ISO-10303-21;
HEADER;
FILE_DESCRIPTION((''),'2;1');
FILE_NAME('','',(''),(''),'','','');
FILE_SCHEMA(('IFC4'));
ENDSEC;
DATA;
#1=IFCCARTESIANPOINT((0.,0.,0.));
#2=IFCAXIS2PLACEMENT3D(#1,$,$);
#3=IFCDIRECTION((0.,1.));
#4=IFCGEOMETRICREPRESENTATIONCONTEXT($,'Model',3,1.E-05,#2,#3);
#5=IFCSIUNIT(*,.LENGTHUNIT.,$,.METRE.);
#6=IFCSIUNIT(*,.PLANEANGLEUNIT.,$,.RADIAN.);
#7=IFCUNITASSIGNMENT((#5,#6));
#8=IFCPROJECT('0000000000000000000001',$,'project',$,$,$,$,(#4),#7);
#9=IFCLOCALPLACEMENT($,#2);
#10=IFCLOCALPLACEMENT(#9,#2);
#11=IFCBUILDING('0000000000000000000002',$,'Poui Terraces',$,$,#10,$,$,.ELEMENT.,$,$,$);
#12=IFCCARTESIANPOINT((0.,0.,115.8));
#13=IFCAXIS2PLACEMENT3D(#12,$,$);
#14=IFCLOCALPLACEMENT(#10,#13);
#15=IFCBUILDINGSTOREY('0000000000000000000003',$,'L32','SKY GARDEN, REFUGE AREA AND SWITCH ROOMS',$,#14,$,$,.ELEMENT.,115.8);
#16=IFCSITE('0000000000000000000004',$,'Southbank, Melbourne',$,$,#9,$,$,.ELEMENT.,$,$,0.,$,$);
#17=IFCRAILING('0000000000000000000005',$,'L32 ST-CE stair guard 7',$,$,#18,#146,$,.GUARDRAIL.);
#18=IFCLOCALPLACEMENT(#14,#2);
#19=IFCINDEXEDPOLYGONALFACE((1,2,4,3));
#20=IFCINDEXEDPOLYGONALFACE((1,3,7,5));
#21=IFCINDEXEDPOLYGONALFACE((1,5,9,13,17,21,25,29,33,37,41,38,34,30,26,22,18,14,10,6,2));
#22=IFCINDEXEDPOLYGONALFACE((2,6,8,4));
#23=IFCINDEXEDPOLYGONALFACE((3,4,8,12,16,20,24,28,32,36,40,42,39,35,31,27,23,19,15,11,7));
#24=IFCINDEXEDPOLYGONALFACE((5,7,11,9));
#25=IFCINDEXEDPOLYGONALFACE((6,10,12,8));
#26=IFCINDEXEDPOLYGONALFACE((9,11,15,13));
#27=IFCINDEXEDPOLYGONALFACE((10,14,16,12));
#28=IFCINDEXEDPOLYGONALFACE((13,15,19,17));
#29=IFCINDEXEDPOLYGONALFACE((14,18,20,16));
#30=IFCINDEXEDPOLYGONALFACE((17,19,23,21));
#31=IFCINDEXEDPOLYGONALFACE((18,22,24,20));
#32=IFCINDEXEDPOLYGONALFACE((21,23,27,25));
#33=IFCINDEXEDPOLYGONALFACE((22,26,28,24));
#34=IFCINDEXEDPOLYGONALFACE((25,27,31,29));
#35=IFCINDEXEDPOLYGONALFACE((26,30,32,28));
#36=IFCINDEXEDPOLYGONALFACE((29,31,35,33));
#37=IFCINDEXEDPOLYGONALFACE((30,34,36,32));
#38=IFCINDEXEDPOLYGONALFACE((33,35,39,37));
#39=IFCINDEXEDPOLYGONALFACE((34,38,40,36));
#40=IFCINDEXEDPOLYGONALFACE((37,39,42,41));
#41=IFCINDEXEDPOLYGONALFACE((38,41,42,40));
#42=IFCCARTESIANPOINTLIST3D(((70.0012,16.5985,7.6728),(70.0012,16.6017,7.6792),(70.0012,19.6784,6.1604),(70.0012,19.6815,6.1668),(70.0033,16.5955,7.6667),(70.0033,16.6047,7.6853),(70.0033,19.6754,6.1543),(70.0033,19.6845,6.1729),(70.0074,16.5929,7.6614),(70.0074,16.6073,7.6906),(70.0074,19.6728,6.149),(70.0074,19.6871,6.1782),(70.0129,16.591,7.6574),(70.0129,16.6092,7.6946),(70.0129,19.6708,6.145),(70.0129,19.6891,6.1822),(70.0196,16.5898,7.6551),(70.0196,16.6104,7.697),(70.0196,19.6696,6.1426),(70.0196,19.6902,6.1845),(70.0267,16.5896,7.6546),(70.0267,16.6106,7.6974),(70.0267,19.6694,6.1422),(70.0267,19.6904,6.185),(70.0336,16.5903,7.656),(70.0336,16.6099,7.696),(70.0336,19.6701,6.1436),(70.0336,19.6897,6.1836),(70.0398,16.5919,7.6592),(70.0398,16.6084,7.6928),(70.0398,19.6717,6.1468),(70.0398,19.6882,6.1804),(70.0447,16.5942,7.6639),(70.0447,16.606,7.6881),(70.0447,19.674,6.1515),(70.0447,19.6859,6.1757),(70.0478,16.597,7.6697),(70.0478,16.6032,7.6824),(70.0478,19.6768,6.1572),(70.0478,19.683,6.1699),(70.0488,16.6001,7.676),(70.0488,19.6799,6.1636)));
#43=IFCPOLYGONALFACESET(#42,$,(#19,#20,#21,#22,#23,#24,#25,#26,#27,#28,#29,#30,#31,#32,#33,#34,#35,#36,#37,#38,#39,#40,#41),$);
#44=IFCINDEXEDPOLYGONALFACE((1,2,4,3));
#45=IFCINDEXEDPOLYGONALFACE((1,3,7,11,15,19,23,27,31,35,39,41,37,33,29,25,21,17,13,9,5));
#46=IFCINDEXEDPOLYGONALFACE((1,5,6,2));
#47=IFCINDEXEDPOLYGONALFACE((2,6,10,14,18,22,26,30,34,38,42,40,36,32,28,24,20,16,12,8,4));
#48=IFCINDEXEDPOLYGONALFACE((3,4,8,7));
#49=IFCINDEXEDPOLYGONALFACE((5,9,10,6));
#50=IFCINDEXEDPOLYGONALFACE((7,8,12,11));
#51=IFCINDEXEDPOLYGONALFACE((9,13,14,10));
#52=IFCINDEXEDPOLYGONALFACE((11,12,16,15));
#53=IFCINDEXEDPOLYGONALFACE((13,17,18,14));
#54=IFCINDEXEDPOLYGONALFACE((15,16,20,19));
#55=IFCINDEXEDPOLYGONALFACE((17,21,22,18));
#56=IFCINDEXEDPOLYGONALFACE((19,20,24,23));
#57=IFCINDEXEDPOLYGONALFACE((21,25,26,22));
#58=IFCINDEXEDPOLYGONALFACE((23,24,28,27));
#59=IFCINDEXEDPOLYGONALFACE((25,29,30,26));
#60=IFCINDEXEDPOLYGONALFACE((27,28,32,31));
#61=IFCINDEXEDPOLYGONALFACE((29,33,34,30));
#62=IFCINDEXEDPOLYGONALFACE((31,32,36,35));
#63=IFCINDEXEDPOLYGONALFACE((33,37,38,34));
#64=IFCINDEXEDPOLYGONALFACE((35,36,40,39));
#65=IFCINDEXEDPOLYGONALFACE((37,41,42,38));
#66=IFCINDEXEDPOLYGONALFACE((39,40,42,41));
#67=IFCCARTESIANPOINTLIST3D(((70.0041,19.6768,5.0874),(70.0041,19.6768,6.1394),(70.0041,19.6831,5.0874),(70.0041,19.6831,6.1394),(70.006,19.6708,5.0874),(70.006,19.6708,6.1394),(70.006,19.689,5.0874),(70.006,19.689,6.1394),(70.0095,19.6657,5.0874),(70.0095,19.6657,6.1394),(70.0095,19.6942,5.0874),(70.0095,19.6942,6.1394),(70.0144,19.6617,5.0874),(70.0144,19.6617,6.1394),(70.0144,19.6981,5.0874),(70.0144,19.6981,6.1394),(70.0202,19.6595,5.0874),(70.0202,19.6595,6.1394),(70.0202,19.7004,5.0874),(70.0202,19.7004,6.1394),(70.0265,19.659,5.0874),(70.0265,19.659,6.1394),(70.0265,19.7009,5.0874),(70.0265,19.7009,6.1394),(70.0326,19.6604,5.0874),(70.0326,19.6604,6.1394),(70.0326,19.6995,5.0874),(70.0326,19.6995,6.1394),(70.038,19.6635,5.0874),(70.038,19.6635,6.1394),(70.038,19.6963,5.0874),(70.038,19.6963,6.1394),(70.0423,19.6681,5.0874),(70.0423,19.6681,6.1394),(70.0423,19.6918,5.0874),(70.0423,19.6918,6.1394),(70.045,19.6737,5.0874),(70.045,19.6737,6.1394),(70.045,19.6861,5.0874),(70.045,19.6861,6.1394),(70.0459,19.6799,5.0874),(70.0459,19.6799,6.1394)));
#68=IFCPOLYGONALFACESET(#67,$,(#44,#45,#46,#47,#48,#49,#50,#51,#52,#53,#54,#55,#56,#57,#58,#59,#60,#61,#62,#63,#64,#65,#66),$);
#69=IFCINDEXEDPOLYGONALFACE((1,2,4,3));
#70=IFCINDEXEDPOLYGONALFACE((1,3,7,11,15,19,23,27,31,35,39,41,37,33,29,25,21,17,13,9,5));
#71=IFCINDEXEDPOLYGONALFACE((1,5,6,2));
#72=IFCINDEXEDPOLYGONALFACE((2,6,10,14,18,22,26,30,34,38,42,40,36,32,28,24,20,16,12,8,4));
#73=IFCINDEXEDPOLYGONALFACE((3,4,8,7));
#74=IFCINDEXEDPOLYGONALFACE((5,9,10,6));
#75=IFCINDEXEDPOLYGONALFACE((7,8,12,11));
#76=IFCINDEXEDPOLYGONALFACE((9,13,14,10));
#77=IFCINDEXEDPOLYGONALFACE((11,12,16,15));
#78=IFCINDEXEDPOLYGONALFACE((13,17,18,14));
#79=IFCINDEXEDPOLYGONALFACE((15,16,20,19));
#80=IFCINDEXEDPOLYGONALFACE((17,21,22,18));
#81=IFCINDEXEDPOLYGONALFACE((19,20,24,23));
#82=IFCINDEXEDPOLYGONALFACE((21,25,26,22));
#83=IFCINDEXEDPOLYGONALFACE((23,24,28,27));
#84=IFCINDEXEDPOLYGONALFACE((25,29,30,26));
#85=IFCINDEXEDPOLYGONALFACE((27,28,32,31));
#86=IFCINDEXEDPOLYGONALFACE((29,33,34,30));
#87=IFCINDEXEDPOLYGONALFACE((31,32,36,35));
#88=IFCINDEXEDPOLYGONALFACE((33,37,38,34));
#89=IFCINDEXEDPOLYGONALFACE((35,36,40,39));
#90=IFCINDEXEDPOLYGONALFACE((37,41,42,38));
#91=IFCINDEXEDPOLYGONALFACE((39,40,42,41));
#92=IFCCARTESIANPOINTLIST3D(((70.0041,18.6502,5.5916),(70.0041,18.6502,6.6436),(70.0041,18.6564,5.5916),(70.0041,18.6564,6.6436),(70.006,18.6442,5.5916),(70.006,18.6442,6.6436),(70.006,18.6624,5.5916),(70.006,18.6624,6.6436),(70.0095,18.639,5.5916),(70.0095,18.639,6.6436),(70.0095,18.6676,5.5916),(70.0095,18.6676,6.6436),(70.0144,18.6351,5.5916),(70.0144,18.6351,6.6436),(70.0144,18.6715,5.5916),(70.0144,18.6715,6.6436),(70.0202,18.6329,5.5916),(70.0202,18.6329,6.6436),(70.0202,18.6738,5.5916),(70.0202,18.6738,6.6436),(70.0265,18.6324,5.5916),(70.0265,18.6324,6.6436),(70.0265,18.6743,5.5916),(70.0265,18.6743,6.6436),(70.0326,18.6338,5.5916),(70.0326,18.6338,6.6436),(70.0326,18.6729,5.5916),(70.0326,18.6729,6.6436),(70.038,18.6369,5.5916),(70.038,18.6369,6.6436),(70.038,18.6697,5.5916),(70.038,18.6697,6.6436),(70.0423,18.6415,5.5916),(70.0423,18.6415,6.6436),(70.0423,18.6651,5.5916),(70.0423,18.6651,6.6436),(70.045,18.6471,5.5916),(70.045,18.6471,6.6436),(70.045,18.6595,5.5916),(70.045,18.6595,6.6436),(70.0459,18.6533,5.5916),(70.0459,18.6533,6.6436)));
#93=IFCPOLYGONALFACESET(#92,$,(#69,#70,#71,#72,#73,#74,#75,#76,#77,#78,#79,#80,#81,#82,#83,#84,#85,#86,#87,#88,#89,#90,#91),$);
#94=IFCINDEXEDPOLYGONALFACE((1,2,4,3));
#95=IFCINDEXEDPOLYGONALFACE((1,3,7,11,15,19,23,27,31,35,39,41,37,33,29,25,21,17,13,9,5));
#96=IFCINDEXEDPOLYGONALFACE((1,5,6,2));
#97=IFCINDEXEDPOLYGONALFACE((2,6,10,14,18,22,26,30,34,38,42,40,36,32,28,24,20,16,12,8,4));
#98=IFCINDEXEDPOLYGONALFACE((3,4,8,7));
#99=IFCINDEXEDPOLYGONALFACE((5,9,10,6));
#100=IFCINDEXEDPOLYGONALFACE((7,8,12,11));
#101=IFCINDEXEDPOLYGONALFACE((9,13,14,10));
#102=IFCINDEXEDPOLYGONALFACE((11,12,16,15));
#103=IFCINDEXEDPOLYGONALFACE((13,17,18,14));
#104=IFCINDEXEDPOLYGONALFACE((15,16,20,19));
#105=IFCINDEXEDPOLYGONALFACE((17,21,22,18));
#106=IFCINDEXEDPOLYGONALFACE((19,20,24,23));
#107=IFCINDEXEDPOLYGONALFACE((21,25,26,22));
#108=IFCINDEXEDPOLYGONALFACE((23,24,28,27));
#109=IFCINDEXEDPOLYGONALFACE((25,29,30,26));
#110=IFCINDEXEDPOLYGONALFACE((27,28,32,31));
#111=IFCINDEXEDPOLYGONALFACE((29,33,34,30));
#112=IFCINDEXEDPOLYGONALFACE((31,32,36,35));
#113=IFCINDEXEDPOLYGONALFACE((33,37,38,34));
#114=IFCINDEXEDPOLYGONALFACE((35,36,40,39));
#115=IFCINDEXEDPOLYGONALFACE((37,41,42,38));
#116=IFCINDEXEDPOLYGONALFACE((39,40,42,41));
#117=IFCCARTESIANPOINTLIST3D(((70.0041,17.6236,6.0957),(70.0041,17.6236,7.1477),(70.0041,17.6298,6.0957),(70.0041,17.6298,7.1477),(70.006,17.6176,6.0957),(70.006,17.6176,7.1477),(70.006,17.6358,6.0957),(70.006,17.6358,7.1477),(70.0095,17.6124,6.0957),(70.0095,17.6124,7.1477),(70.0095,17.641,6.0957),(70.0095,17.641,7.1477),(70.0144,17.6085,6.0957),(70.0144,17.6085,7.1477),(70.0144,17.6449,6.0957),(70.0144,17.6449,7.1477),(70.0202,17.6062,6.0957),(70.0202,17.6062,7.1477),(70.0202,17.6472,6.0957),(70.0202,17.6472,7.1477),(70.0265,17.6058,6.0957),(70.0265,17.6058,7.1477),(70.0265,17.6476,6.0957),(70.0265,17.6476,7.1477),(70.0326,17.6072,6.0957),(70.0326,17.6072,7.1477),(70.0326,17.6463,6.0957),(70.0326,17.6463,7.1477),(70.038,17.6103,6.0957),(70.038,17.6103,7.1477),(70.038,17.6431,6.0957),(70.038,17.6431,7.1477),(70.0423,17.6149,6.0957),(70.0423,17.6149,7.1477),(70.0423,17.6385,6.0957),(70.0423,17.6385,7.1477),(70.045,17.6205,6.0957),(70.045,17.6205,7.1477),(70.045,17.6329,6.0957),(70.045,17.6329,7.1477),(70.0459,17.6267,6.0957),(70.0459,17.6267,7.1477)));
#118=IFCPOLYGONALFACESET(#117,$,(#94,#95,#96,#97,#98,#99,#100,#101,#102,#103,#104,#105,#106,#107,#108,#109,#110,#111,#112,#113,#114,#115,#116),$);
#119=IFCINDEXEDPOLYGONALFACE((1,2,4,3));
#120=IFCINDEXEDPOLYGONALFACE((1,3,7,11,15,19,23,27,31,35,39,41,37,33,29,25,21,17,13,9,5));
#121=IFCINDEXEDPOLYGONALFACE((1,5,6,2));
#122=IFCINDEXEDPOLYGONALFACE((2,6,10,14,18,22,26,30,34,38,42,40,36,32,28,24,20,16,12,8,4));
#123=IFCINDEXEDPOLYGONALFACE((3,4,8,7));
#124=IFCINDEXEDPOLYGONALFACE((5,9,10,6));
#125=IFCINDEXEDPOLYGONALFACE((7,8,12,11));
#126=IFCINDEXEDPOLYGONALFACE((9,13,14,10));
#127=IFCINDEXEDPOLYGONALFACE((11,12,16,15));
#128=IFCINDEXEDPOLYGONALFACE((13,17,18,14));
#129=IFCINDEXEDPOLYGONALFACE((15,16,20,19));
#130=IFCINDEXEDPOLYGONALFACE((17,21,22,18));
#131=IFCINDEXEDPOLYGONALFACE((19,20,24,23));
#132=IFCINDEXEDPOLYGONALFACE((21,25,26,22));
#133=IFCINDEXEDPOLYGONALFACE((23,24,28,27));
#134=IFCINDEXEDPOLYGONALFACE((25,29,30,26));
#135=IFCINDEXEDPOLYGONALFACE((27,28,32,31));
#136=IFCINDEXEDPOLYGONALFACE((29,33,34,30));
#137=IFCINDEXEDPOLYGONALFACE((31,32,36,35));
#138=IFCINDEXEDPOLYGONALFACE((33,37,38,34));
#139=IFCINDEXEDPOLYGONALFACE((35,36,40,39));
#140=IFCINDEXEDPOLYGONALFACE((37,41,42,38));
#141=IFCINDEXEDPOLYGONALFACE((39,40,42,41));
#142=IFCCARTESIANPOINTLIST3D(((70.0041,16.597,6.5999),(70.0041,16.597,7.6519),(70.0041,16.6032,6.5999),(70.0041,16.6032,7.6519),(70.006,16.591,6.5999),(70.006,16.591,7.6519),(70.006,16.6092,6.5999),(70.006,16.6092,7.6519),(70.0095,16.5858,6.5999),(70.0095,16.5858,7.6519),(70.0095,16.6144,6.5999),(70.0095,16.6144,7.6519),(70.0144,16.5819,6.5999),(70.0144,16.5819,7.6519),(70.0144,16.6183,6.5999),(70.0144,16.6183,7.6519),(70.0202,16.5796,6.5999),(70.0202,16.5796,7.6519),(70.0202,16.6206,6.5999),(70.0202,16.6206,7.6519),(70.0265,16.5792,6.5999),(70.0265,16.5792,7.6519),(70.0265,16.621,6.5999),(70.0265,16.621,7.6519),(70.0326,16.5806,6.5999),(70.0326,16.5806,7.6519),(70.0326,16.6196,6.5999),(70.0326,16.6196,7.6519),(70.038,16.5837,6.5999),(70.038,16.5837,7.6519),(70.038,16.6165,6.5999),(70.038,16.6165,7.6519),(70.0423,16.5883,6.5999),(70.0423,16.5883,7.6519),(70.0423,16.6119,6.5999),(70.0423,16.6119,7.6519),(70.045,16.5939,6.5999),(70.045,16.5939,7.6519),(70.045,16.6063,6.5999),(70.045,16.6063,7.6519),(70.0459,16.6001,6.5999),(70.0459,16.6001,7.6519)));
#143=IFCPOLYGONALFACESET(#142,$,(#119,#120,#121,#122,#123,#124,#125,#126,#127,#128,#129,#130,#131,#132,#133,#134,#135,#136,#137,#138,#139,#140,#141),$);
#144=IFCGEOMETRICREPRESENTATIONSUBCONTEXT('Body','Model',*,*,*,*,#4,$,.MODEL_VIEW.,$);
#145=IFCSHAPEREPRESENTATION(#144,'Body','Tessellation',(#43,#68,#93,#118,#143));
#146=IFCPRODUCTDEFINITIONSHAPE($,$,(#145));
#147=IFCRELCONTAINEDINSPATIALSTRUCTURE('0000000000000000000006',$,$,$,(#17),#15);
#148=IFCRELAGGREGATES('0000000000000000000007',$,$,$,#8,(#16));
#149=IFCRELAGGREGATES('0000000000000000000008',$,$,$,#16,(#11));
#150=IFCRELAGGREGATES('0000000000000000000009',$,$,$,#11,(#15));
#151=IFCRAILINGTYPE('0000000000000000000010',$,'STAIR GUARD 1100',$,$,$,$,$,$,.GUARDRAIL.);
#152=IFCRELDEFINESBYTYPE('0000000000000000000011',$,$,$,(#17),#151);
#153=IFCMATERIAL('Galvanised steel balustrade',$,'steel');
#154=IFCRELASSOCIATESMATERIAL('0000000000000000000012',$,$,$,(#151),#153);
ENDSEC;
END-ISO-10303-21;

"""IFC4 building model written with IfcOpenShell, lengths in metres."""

from ifc_helpers import new_model, si_unit, direction, frame, origin, origin_2d, place, context, subcontext, project, spatial, circle, extrude, material, type_object, element, save


model = new_model("IFC4")

# Units and contexts
model_context = context("Model", 3, precision=1e-05, world=origin(), true_north=direction((0.0, 1.0)))
body_context = subcontext(model_context, "Body", "Model", "MODEL_VIEW")
ifc_project = project(units=[si_unit("LENGTHUNIT", "METRE"), si_unit("PLANEANGLEUNIT", "RADIAN")], contexts=[model_context])

# Site, building, storey
site_placement = place(None, origin())
site = spatial("IfcSite", under=ifc_project, at=site_placement, Name="Southbank, Melbourne", CompositionType="ELEMENT", RefElevation=0.0)
building_placement = place(site_placement, origin())
building = spatial("IfcBuilding", under=site, at=building_placement, Name="Poui Terraces", CompositionType="ELEMENT")
storey_placement = place(building_placement, frame((0.0, 0.0, 115.8)))
storey = spatial("IfcBuildingStorey", under=building, at=storey_placement, Name="L32", Description="SKY GARDEN, REFUGE AREA AND SWITCH ROOMS", CompositionType="ELEMENT", Elevation=115.8)

# Railing
ifc_material_1 = material(Name="Galvanised steel balustrade", Category="steel")
railing_type_1 = type_object("IfcRailingType", Name="STAIR GUARD 1100", PredefinedType="GUARDRAIL", material=ifc_material_1)
railing_1_placement = place(storey_placement, frame((70.0249, 19.6799, 5.0874)))
element("IfcRailing", 1, at=railing_1_placement, inside=storey, type_object=railing_type_1, Name="L32 ST-CE stair guard 7", PredefinedType="GUARDRAIL", context=body_context, shape_type="SweptSolid", body=[
    extrude(circle(Radius=0.0239, at=origin_2d()), frame((0.0, 0.0, 1.0762), z_axis=(0.0, -0.897606, 0.440798), x_axis=(1.0, 0.0, 0.0)), (0.0, 0.0, 1.0), 3.4312),
    extrude(circle(Radius=0.021, at=origin_2d()), origin(), (0.0, 0.0, 1.0), 1.052),
    extrude(circle(Radius=0.021, at=origin_2d()), frame((0.0, -1.0266, 0.5042)), (0.0, 0.0, 1.0), 1.052),
    extrude(circle(Radius=0.021, at=origin_2d()), frame((0.0, -2.0532, 1.0083)), (0.0, 0.0, 1.0), 1.052),
    extrude(circle(Radius=0.021, at=origin_2d()), frame((0.0, -3.0798, 1.5125)), (0.0, 0.0, 1.0), 1.052),
])

save(model, "model.ifc")
